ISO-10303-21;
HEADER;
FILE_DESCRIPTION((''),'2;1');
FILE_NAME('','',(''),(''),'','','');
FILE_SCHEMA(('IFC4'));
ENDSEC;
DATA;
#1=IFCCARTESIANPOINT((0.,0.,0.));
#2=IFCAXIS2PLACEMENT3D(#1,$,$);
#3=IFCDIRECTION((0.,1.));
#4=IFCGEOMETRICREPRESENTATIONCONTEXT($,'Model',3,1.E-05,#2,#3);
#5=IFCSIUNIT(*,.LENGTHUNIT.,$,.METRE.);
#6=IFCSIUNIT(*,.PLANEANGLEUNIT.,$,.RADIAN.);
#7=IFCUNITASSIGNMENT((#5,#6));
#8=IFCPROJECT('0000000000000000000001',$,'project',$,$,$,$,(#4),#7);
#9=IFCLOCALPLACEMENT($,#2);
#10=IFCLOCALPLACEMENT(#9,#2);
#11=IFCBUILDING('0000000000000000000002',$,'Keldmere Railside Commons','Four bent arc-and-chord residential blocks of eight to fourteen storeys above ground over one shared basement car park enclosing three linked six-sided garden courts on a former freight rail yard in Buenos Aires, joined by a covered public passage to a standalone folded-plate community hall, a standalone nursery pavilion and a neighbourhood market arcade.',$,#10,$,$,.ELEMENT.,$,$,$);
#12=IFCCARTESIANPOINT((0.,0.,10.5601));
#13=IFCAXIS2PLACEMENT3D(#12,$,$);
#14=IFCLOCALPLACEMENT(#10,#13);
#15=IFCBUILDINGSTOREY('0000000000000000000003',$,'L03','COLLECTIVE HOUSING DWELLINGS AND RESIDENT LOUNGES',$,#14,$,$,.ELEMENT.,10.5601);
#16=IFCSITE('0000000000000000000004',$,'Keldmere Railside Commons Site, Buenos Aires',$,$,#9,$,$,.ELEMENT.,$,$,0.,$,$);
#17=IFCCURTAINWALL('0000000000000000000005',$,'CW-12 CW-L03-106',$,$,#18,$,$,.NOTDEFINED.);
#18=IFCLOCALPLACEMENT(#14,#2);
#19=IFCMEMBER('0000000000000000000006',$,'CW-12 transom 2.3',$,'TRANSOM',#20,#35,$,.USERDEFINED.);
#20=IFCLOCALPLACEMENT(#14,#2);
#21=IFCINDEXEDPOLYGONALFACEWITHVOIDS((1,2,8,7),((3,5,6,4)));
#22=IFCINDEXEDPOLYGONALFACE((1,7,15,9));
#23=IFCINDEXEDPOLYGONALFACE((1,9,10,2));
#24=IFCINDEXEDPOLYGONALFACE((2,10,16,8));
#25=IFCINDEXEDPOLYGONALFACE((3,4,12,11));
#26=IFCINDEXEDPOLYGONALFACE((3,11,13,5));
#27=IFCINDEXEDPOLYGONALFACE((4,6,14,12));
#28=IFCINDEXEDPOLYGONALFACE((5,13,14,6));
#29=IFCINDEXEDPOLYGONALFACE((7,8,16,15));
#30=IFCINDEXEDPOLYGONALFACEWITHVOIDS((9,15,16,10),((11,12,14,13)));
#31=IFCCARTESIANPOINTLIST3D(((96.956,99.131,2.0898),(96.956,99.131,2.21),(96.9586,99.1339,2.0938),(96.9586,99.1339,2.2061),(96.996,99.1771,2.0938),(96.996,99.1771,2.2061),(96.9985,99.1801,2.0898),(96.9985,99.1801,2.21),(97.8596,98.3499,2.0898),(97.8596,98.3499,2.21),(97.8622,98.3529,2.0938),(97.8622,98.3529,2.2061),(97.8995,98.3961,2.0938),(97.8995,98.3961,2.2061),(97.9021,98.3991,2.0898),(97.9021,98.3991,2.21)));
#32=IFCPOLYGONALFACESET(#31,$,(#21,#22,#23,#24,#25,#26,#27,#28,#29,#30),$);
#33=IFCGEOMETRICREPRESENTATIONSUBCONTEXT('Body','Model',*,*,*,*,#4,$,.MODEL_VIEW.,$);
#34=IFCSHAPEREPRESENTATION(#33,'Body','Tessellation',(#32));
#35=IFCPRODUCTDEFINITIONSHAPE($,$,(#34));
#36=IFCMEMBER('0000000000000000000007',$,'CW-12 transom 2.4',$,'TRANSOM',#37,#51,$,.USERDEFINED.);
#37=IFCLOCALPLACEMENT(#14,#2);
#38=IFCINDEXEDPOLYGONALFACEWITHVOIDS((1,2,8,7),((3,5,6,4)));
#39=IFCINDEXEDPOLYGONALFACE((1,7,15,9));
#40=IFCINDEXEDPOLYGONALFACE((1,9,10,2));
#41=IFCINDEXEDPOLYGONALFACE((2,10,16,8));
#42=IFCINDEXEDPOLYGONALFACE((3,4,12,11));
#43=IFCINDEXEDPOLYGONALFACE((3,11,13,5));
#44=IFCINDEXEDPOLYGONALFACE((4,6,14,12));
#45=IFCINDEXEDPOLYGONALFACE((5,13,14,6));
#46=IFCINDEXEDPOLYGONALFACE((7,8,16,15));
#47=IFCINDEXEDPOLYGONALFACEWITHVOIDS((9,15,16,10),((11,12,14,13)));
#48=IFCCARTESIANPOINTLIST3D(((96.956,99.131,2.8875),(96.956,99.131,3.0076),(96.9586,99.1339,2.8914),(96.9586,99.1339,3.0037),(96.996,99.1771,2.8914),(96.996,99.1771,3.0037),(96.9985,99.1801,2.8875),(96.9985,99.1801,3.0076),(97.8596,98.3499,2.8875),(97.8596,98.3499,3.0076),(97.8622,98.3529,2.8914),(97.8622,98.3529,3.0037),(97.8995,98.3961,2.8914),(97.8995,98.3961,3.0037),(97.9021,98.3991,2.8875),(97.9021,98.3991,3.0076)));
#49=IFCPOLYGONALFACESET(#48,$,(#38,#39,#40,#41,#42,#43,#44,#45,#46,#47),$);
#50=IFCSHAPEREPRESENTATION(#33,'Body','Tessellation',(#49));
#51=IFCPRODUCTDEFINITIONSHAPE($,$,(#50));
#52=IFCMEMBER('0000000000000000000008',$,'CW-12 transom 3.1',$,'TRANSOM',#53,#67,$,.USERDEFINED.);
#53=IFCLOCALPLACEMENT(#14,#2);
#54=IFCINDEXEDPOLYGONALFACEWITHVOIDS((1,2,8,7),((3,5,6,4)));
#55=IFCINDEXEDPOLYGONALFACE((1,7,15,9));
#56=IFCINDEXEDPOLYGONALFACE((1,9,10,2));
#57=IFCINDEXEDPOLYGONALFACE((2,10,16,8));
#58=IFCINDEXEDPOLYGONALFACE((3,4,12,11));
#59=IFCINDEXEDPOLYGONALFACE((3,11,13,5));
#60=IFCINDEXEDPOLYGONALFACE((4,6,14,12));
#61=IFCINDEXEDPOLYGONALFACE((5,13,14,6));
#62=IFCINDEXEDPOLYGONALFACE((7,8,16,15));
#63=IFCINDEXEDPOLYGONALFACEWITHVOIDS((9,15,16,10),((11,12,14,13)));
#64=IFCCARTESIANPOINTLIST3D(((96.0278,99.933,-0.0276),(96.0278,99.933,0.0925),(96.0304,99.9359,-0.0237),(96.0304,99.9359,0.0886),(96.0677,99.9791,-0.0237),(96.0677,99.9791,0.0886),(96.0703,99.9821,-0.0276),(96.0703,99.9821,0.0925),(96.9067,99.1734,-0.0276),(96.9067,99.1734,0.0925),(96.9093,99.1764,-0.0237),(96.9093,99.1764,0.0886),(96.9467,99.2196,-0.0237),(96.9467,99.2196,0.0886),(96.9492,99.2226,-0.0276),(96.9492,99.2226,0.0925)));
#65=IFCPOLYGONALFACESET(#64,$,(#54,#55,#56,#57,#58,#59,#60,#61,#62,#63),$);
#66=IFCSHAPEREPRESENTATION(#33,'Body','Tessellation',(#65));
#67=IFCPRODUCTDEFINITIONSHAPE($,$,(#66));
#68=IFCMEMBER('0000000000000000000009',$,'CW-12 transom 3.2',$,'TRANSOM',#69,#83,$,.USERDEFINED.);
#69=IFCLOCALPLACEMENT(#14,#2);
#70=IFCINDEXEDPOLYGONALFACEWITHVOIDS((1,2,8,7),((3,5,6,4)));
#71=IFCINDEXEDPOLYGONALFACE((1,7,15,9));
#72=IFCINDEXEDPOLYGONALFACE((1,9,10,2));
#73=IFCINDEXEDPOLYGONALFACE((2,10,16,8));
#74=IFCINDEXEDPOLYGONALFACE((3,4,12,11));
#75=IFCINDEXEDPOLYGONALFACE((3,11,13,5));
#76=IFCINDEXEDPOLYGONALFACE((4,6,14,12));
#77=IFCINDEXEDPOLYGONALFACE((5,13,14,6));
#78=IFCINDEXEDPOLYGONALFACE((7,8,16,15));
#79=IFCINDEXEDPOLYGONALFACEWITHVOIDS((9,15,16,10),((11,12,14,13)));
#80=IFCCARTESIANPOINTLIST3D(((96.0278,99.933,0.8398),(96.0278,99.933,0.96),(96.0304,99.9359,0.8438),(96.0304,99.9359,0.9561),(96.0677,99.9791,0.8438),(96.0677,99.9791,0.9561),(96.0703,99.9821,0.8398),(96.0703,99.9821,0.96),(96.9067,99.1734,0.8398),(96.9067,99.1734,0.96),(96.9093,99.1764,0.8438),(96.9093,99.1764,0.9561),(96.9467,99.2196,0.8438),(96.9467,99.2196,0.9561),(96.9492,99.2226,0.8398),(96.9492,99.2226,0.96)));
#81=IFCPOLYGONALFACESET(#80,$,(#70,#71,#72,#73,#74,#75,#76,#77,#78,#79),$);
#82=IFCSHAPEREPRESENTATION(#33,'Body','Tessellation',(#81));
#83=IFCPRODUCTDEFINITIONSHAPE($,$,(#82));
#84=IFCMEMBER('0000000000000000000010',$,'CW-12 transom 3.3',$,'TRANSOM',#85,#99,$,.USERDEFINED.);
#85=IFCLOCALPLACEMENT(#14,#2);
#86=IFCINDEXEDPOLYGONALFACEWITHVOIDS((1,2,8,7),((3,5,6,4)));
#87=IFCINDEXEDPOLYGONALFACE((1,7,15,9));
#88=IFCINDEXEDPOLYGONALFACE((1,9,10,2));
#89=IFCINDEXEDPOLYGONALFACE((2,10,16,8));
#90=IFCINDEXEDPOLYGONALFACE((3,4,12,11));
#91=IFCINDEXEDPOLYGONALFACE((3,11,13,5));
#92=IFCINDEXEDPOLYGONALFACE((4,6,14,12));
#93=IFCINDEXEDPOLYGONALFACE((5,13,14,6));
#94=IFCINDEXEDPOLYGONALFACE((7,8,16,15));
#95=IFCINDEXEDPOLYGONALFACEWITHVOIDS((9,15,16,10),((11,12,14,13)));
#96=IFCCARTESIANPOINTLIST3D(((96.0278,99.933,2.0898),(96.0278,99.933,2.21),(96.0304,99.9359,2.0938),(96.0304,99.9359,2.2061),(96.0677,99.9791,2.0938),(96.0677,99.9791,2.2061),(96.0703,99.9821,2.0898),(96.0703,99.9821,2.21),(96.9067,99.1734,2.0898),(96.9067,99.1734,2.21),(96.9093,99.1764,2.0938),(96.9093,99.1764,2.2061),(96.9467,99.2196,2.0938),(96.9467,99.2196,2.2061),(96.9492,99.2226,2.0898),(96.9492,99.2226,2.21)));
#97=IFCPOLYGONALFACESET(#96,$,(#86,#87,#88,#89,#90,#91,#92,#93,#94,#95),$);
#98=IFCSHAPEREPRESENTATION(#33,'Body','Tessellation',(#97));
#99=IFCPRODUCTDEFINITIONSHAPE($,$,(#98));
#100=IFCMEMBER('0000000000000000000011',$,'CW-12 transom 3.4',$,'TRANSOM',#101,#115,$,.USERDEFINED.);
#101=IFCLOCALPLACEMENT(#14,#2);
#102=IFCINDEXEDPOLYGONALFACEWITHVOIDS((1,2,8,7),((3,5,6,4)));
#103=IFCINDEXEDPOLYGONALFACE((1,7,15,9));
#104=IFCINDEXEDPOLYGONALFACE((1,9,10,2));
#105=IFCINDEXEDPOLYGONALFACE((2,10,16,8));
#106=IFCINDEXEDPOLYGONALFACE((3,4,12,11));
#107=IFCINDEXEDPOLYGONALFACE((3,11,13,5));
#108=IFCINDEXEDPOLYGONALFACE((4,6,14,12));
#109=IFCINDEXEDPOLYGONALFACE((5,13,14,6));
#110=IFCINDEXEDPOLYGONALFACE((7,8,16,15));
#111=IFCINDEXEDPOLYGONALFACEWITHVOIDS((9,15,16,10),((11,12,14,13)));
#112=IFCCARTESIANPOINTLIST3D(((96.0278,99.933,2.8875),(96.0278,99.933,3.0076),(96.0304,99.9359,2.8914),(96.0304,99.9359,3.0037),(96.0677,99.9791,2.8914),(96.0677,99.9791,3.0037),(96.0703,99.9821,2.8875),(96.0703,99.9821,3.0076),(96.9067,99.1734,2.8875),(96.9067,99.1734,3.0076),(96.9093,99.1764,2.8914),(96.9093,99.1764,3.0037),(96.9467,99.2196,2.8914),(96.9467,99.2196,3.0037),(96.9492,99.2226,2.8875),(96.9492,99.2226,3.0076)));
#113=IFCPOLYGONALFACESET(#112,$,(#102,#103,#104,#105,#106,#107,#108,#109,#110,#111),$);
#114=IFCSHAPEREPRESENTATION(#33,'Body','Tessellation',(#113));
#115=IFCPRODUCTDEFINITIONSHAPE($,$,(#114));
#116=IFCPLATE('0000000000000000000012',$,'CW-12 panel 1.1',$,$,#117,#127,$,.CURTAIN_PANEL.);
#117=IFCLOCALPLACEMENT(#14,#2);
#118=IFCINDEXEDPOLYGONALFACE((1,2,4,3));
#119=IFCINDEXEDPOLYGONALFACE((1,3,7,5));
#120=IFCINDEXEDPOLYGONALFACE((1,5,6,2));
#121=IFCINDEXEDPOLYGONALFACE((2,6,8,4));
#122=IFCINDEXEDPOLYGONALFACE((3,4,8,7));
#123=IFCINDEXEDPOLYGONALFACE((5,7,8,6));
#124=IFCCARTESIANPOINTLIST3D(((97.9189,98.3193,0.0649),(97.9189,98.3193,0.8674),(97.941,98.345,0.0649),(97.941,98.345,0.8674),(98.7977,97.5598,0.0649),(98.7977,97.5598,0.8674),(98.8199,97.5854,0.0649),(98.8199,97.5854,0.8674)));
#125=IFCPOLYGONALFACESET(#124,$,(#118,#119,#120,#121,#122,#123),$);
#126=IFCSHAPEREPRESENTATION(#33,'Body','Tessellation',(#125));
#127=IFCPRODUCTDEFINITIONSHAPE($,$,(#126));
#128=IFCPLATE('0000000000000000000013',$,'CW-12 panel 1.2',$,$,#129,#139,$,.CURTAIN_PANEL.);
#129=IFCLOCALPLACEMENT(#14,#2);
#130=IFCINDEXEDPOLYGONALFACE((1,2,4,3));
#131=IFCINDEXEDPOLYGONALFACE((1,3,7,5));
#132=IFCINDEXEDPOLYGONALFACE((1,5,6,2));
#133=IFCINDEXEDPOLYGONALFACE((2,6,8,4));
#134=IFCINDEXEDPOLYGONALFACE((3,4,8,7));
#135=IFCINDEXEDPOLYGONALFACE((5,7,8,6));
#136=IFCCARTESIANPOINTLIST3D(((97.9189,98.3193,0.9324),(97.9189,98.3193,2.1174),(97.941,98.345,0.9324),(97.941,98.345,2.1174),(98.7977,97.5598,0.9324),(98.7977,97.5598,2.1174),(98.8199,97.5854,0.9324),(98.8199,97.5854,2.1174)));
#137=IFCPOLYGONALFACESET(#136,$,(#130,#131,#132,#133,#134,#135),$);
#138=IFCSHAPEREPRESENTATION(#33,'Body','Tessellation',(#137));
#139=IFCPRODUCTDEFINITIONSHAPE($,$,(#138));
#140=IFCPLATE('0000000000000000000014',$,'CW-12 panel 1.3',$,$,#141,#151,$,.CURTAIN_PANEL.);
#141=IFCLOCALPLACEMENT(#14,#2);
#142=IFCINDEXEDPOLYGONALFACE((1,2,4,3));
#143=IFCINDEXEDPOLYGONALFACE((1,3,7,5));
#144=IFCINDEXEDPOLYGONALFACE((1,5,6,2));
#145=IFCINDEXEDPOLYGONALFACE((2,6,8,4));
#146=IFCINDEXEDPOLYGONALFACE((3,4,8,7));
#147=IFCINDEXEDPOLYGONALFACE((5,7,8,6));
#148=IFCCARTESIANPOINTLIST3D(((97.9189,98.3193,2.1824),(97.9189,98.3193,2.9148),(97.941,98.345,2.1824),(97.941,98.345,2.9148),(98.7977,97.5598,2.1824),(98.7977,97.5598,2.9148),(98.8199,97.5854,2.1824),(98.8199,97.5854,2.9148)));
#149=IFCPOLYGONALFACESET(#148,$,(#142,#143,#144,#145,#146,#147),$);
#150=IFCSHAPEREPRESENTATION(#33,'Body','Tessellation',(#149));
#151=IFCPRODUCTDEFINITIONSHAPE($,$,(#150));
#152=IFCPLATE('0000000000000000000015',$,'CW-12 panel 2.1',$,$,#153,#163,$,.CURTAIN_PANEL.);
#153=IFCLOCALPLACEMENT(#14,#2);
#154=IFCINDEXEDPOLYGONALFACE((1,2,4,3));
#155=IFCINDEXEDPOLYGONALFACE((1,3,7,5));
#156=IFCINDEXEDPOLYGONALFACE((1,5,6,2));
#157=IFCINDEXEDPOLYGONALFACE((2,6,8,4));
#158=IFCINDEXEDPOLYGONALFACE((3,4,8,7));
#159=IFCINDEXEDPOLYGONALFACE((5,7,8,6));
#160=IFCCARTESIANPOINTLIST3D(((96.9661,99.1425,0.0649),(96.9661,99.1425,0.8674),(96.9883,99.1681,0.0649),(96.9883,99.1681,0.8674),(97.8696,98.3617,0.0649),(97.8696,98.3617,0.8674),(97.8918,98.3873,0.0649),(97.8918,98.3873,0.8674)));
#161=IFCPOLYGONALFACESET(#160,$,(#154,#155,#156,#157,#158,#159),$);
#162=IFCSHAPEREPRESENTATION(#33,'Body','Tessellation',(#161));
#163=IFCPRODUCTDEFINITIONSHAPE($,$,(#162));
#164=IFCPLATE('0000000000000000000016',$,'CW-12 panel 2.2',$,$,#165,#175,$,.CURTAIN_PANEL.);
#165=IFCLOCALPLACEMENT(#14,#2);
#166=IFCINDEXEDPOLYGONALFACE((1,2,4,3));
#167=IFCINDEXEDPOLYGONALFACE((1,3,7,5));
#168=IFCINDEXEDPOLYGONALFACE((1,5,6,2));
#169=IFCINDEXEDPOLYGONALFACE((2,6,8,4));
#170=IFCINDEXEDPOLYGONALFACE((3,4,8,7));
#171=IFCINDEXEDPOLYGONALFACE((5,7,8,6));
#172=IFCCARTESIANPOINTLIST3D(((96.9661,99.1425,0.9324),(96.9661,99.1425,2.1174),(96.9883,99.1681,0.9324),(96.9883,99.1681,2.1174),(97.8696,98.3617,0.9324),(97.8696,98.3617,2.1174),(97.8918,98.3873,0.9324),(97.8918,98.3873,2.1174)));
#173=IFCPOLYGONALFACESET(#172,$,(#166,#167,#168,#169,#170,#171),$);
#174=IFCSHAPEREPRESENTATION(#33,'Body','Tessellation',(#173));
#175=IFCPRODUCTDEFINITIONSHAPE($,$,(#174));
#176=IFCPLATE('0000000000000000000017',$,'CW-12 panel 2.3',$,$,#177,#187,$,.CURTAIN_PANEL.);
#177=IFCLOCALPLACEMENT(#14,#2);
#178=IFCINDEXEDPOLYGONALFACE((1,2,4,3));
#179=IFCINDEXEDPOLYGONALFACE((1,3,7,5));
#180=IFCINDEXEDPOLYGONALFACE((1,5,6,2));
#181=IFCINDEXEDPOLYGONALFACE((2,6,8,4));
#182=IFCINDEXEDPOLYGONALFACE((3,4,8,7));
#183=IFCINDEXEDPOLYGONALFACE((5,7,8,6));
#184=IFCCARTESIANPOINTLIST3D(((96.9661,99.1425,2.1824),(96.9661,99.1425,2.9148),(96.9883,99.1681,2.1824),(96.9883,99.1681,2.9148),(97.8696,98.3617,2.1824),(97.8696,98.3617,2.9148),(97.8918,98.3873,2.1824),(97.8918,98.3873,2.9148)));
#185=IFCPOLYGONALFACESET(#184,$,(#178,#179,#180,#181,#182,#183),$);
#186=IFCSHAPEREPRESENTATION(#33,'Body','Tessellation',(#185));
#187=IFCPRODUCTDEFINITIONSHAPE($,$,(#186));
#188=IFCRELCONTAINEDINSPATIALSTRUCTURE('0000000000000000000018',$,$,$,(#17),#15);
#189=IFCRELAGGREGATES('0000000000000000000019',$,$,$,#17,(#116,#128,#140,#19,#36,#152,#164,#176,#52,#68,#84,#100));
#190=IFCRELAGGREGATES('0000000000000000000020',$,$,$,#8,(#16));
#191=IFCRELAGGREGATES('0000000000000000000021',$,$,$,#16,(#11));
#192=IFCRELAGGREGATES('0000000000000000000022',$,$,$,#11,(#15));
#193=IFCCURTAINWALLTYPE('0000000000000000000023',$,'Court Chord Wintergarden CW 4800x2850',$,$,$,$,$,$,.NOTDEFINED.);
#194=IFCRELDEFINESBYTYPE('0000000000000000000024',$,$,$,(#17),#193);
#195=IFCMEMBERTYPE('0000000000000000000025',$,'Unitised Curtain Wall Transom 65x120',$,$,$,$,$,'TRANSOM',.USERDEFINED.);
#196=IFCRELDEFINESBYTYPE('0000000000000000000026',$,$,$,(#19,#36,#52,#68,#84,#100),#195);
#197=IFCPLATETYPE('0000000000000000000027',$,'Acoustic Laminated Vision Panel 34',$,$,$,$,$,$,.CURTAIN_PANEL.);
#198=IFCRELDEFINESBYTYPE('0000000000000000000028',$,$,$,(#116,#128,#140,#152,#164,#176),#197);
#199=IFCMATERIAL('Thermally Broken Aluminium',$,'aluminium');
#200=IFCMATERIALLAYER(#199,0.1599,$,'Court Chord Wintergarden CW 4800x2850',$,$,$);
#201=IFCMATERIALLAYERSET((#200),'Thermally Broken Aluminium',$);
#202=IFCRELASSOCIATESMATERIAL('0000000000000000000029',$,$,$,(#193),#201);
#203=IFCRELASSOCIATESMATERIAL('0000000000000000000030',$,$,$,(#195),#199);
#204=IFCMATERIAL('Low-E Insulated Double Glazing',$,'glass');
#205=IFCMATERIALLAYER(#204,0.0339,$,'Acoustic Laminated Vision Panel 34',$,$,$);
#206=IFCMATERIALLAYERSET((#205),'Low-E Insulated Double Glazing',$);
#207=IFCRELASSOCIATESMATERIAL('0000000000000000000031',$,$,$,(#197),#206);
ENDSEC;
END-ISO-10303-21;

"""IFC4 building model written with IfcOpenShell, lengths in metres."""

from ifc_helpers import new_model, si_unit, direction, frame, origin, origin_2d, place, context, subcontext, project, spatial, rectangle, hollow_rectangle, extrude, material, layer, layer_set, material_profile, profile_set, type_object, element, aggregate, save


model = new_model("IFC4")

# Units and contexts
model_context = context("Model", 3, precision=1e-05, world=origin(), true_north=direction((0.0, 1.0)))
body_context = subcontext(model_context, "Body", "Model", "MODEL_VIEW")
ifc_project = project(units=[si_unit("LENGTHUNIT", "METRE"), si_unit("PLANEANGLEUNIT", "RADIAN")], contexts=[model_context])

# Site, building, storey
site_placement = place(None, origin())
site = spatial("IfcSite", under=ifc_project, at=site_placement, Name="Keldmere Railside Commons Site, Buenos Aires", CompositionType="ELEMENT", RefElevation=0.0)
building_placement = place(site_placement, origin())
building = spatial("IfcBuilding", under=site, at=building_placement, Name="Keldmere Railside Commons", Description="Four bent arc-and-chord residential blocks of eight to fourteen storeys above ground over one shared basement car park enclosing three linked six-sided garden courts on a former freight rail yard in Buenos Aires, joined by a covered public passage to a standalone folded-plate community hall, a standalone nursery pavilion and a neighbourhood market arcade.", CompositionType="ELEMENT")
storey_placement = place(building_placement, frame((0.0, 0.0, 10.5601)))
storey = spatial("IfcBuildingStorey", under=building, at=storey_placement, Name="L03", Description="COLLECTIVE HOUSING DWELLINGS AND RESIDENT LOUNGES", CompositionType="ELEMENT", Elevation=10.5601)

# Curtain wall
ifc_material_1 = material(Name="Thermally Broken Aluminium", Category="aluminium")
ifc_layer_1 = layer(ifc_material_1, 0.1599, Name="Court Chord Wintergarden CW 4800x2850")
ifc_layer_set_1 = layer_set([ifc_layer_1], Name="Thermally Broken Aluminium")
curtain_wall_type_1 = type_object("IfcCurtainWallType", Name="Court Chord Wintergarden CW 4800x2850", PredefinedType="NOTDEFINED", material=ifc_layer_set_1)
curtain_wall_1_placement = place(storey_placement, origin())
curtain_wall_1 = element("IfcCurtainWall", 1, at=curtain_wall_1_placement, inside=storey, type_object=curtain_wall_type_1, Name="CW-12 CW-L03-106", PredefinedType="NOTDEFINED")

# Members
ifc_material_profile_1 = material_profile(ifc_material_1, hollow_rectangle(XDim=0.0649, YDim=0.1201, WallThickness=0.0039, at=origin_2d()), Name="ALU-TRAN-65x120")
ifc_profile_set_1 = profile_set([ifc_material_profile_1], Name="Thermally Broken Aluminium")
member_type_1 = type_object("IfcMemberType", Name="Unitised Curtain Wall Transom 65x120", ElementType="TRANSOM", PredefinedType="USERDEFINED", material=ifc_profile_set_1)
member_1_placement = place(storey_placement, frame((97.8809, 98.3745, 2.1499), z_axis=(-0.756552, 0.653934, 0.0), x_axis=(-0.653934, -0.756552, 0.0)))
member_1 = element("IfcMember", 2, at=member_1_placement, type_object=member_type_1, Name="CW-12 transom 2.3", ObjectType="TRANSOM", PredefinedType="USERDEFINED", context=body_context, shape_type="SweptSolid", body=[
    extrude(hollow_rectangle(XDim=0.0649, YDim=0.1201, WallThickness=0.0039, at=origin_2d()), origin(), (0.0, 0.0, 1.0), 1.1943),
])
member_2_placement = place(storey_placement, frame((97.8809, 98.3745, 2.9475), z_axis=(-0.756552, 0.653934, 0.0), x_axis=(-0.653934, -0.756552, 0.0)))
member_2 = element("IfcMember", 3, at=member_2_placement, type_object=member_type_1, Name="CW-12 transom 2.4", ObjectType="TRANSOM", PredefinedType="USERDEFINED", context=body_context, shape_type="SweptSolid", body=[
    extrude(hollow_rectangle(XDim=0.0649, YDim=0.1201, WallThickness=0.0039, at=origin_2d()), origin(), (0.0, 0.0, 1.0), 1.1943),
])
member_3_placement = place(storey_placement, frame((96.928, 99.198, 0.0325), z_axis=(-0.756624, 0.65385, 0.0), x_axis=(-0.65385, -0.756624, 0.0)))
member_3 = element("IfcMember", 4, at=member_3_placement, type_object=member_type_1, Name="CW-12 transom 3.1", ObjectType="TRANSOM", PredefinedType="USERDEFINED", context=body_context, shape_type="SweptSolid", body=[
    extrude(hollow_rectangle(XDim=0.0649, YDim=0.1201, WallThickness=0.0039, at=origin_2d()), origin(), (0.0, 0.0, 1.0), 1.1616),
])
member_4_placement = place(storey_placement, frame((96.928, 99.198, 0.8999), z_axis=(-0.756624, 0.65385, 0.0), x_axis=(-0.65385, -0.756624, 0.0)))
member_4 = element("IfcMember", 5, at=member_4_placement, type_object=member_type_1, Name="CW-12 transom 3.2", ObjectType="TRANSOM", PredefinedType="USERDEFINED", context=body_context, shape_type="SweptSolid", body=[
    extrude(hollow_rectangle(XDim=0.0649, YDim=0.1201, WallThickness=0.0039, at=origin_2d()), origin(), (0.0, 0.0, 1.0), 1.1616),
])
member_5_placement = place(storey_placement, frame((96.928, 99.198, 2.1499), z_axis=(-0.756624, 0.65385, 0.0), x_axis=(-0.65385, -0.756624, 0.0)))
member_5 = element("IfcMember", 6, at=member_5_placement, type_object=member_type_1, Name="CW-12 transom 3.3", ObjectType="TRANSOM", PredefinedType="USERDEFINED", context=body_context, shape_type="SweptSolid", body=[
    extrude(hollow_rectangle(XDim=0.0649, YDim=0.1201, WallThickness=0.0039, at=origin_2d()), origin(), (0.0, 0.0, 1.0), 1.1616),
])
member_6_placement = place(storey_placement, frame((96.928, 99.198, 2.9475), z_axis=(-0.756624, 0.65385, 0.0), x_axis=(-0.65385, -0.756624, 0.0)))
member_6 = element("IfcMember", 7, at=member_6_placement, type_object=member_type_1, Name="CW-12 transom 3.4", ObjectType="TRANSOM", PredefinedType="USERDEFINED", context=body_context, shape_type="SweptSolid", body=[
    extrude(hollow_rectangle(XDim=0.0649, YDim=0.1201, WallThickness=0.0039, at=origin_2d()), origin(), (0.0, 0.0, 1.0), 1.1616),
])

# Plates
ifc_material_2 = material(Name="Low-E Insulated Double Glazing", Category="glass")
ifc_layer_2 = layer(ifc_material_2, 0.0339, Name="Acoustic Laminated Vision Panel 34")
ifc_layer_set_2 = layer_set([ifc_layer_2], Name="Low-E Insulated Double Glazing")
plate_type_1 = type_object("IfcPlateType", Name="Acoustic Laminated Vision Panel 34", PredefinedType="CURTAIN_PANEL", material=ifc_layer_set_2)
plate_1_placement = place(storey_placement, frame((98.3694, 97.9524, 0.0649), z_axis=(0.0, 0.0, 1.0), x_axis=(-0.756597, 0.653882, 0.0)))
plate_1 = element("IfcPlate", 8, at=plate_1_placement, type_object=plate_type_1, Name="CW-12 panel 1.1", PredefinedType="CURTAIN_PANEL", context=body_context, shape_type="SweptSolid", body=[
    extrude(rectangle(XDim=1.1616, YDim=0.0339, at=origin_2d()), origin(), (0.0, 0.0, 1.0), 0.8025),
])
plate_2_placement = place(storey_placement, frame((98.3694, 97.9524, 0.9324), z_axis=(0.0, 0.0, 1.0), x_axis=(-0.756597, 0.653882, 0.0)))
plate_2 = element("IfcPlate", 9, at=plate_2_placement, type_object=plate_type_1, Name="CW-12 panel 1.2", PredefinedType="CURTAIN_PANEL", context=body_context, shape_type="SweptSolid", body=[
    extrude(rectangle(XDim=1.1616, YDim=0.0339, at=origin_2d()), origin(), (0.0, 0.0, 1.0), 1.1851),
])
plate_3_placement = place(storey_placement, frame((98.3694, 97.9524, 2.1824), z_axis=(0.0, 0.0, 1.0), x_axis=(-0.756597, 0.653882, 0.0)))
plate_3 = element("IfcPlate", 10, at=plate_3_placement, type_object=plate_type_1, Name="CW-12 panel 1.3", PredefinedType="CURTAIN_PANEL", context=body_context, shape_type="SweptSolid", body=[
    extrude(rectangle(XDim=1.1616, YDim=0.0339, at=origin_2d()), origin(), (0.0, 0.0, 1.0), 0.7324),
])
plate_4_placement = place(storey_placement, frame((97.429, 98.7649, 0.0649), z_axis=(0.0, 0.0, 1.0), x_axis=(-0.756597, 0.653882, 0.0)))
plate_4 = element("IfcPlate", 11, at=plate_4_placement, type_object=plate_type_1, Name="CW-12 panel 2.1", PredefinedType="CURTAIN_PANEL", context=body_context, shape_type="SweptSolid", body=[
    extrude(rectangle(XDim=1.1941, YDim=0.0339, at=origin_2d()), origin(), (0.0, 0.0, 1.0), 0.8025),
])
plate_5_placement = place(storey_placement, frame((97.429, 98.7649, 0.9324), z_axis=(0.0, 0.0, 1.0), x_axis=(-0.756597, 0.653882, 0.0)))
plate_5 = element("IfcPlate", 12, at=plate_5_placement, type_object=plate_type_1, Name="CW-12 panel 2.2", PredefinedType="CURTAIN_PANEL", context=body_context, shape_type="SweptSolid", body=[
    extrude(rectangle(XDim=1.1941, YDim=0.0339, at=origin_2d()), origin(), (0.0, 0.0, 1.0), 1.1851),
])
plate_6_placement = place(storey_placement, frame((97.429, 98.7649, 2.1824), z_axis=(0.0, 0.0, 1.0), x_axis=(-0.756597, 0.653882, 0.0)))
plate_6 = element("IfcPlate", 13, at=plate_6_placement, type_object=plate_type_1, Name="CW-12 panel 2.3", PredefinedType="CURTAIN_PANEL", context=body_context, shape_type="SweptSolid", body=[
    extrude(rectangle(XDim=1.1941, YDim=0.0339, at=origin_2d()), origin(), (0.0, 0.0, 1.0), 0.7324),
])
aggregate(curtain_wall_1, [plate_1, plate_2, plate_3, member_1, member_2, plate_4, plate_5, plate_6, member_3, member_4, member_5, member_6])

save(model, "model.ifc")
